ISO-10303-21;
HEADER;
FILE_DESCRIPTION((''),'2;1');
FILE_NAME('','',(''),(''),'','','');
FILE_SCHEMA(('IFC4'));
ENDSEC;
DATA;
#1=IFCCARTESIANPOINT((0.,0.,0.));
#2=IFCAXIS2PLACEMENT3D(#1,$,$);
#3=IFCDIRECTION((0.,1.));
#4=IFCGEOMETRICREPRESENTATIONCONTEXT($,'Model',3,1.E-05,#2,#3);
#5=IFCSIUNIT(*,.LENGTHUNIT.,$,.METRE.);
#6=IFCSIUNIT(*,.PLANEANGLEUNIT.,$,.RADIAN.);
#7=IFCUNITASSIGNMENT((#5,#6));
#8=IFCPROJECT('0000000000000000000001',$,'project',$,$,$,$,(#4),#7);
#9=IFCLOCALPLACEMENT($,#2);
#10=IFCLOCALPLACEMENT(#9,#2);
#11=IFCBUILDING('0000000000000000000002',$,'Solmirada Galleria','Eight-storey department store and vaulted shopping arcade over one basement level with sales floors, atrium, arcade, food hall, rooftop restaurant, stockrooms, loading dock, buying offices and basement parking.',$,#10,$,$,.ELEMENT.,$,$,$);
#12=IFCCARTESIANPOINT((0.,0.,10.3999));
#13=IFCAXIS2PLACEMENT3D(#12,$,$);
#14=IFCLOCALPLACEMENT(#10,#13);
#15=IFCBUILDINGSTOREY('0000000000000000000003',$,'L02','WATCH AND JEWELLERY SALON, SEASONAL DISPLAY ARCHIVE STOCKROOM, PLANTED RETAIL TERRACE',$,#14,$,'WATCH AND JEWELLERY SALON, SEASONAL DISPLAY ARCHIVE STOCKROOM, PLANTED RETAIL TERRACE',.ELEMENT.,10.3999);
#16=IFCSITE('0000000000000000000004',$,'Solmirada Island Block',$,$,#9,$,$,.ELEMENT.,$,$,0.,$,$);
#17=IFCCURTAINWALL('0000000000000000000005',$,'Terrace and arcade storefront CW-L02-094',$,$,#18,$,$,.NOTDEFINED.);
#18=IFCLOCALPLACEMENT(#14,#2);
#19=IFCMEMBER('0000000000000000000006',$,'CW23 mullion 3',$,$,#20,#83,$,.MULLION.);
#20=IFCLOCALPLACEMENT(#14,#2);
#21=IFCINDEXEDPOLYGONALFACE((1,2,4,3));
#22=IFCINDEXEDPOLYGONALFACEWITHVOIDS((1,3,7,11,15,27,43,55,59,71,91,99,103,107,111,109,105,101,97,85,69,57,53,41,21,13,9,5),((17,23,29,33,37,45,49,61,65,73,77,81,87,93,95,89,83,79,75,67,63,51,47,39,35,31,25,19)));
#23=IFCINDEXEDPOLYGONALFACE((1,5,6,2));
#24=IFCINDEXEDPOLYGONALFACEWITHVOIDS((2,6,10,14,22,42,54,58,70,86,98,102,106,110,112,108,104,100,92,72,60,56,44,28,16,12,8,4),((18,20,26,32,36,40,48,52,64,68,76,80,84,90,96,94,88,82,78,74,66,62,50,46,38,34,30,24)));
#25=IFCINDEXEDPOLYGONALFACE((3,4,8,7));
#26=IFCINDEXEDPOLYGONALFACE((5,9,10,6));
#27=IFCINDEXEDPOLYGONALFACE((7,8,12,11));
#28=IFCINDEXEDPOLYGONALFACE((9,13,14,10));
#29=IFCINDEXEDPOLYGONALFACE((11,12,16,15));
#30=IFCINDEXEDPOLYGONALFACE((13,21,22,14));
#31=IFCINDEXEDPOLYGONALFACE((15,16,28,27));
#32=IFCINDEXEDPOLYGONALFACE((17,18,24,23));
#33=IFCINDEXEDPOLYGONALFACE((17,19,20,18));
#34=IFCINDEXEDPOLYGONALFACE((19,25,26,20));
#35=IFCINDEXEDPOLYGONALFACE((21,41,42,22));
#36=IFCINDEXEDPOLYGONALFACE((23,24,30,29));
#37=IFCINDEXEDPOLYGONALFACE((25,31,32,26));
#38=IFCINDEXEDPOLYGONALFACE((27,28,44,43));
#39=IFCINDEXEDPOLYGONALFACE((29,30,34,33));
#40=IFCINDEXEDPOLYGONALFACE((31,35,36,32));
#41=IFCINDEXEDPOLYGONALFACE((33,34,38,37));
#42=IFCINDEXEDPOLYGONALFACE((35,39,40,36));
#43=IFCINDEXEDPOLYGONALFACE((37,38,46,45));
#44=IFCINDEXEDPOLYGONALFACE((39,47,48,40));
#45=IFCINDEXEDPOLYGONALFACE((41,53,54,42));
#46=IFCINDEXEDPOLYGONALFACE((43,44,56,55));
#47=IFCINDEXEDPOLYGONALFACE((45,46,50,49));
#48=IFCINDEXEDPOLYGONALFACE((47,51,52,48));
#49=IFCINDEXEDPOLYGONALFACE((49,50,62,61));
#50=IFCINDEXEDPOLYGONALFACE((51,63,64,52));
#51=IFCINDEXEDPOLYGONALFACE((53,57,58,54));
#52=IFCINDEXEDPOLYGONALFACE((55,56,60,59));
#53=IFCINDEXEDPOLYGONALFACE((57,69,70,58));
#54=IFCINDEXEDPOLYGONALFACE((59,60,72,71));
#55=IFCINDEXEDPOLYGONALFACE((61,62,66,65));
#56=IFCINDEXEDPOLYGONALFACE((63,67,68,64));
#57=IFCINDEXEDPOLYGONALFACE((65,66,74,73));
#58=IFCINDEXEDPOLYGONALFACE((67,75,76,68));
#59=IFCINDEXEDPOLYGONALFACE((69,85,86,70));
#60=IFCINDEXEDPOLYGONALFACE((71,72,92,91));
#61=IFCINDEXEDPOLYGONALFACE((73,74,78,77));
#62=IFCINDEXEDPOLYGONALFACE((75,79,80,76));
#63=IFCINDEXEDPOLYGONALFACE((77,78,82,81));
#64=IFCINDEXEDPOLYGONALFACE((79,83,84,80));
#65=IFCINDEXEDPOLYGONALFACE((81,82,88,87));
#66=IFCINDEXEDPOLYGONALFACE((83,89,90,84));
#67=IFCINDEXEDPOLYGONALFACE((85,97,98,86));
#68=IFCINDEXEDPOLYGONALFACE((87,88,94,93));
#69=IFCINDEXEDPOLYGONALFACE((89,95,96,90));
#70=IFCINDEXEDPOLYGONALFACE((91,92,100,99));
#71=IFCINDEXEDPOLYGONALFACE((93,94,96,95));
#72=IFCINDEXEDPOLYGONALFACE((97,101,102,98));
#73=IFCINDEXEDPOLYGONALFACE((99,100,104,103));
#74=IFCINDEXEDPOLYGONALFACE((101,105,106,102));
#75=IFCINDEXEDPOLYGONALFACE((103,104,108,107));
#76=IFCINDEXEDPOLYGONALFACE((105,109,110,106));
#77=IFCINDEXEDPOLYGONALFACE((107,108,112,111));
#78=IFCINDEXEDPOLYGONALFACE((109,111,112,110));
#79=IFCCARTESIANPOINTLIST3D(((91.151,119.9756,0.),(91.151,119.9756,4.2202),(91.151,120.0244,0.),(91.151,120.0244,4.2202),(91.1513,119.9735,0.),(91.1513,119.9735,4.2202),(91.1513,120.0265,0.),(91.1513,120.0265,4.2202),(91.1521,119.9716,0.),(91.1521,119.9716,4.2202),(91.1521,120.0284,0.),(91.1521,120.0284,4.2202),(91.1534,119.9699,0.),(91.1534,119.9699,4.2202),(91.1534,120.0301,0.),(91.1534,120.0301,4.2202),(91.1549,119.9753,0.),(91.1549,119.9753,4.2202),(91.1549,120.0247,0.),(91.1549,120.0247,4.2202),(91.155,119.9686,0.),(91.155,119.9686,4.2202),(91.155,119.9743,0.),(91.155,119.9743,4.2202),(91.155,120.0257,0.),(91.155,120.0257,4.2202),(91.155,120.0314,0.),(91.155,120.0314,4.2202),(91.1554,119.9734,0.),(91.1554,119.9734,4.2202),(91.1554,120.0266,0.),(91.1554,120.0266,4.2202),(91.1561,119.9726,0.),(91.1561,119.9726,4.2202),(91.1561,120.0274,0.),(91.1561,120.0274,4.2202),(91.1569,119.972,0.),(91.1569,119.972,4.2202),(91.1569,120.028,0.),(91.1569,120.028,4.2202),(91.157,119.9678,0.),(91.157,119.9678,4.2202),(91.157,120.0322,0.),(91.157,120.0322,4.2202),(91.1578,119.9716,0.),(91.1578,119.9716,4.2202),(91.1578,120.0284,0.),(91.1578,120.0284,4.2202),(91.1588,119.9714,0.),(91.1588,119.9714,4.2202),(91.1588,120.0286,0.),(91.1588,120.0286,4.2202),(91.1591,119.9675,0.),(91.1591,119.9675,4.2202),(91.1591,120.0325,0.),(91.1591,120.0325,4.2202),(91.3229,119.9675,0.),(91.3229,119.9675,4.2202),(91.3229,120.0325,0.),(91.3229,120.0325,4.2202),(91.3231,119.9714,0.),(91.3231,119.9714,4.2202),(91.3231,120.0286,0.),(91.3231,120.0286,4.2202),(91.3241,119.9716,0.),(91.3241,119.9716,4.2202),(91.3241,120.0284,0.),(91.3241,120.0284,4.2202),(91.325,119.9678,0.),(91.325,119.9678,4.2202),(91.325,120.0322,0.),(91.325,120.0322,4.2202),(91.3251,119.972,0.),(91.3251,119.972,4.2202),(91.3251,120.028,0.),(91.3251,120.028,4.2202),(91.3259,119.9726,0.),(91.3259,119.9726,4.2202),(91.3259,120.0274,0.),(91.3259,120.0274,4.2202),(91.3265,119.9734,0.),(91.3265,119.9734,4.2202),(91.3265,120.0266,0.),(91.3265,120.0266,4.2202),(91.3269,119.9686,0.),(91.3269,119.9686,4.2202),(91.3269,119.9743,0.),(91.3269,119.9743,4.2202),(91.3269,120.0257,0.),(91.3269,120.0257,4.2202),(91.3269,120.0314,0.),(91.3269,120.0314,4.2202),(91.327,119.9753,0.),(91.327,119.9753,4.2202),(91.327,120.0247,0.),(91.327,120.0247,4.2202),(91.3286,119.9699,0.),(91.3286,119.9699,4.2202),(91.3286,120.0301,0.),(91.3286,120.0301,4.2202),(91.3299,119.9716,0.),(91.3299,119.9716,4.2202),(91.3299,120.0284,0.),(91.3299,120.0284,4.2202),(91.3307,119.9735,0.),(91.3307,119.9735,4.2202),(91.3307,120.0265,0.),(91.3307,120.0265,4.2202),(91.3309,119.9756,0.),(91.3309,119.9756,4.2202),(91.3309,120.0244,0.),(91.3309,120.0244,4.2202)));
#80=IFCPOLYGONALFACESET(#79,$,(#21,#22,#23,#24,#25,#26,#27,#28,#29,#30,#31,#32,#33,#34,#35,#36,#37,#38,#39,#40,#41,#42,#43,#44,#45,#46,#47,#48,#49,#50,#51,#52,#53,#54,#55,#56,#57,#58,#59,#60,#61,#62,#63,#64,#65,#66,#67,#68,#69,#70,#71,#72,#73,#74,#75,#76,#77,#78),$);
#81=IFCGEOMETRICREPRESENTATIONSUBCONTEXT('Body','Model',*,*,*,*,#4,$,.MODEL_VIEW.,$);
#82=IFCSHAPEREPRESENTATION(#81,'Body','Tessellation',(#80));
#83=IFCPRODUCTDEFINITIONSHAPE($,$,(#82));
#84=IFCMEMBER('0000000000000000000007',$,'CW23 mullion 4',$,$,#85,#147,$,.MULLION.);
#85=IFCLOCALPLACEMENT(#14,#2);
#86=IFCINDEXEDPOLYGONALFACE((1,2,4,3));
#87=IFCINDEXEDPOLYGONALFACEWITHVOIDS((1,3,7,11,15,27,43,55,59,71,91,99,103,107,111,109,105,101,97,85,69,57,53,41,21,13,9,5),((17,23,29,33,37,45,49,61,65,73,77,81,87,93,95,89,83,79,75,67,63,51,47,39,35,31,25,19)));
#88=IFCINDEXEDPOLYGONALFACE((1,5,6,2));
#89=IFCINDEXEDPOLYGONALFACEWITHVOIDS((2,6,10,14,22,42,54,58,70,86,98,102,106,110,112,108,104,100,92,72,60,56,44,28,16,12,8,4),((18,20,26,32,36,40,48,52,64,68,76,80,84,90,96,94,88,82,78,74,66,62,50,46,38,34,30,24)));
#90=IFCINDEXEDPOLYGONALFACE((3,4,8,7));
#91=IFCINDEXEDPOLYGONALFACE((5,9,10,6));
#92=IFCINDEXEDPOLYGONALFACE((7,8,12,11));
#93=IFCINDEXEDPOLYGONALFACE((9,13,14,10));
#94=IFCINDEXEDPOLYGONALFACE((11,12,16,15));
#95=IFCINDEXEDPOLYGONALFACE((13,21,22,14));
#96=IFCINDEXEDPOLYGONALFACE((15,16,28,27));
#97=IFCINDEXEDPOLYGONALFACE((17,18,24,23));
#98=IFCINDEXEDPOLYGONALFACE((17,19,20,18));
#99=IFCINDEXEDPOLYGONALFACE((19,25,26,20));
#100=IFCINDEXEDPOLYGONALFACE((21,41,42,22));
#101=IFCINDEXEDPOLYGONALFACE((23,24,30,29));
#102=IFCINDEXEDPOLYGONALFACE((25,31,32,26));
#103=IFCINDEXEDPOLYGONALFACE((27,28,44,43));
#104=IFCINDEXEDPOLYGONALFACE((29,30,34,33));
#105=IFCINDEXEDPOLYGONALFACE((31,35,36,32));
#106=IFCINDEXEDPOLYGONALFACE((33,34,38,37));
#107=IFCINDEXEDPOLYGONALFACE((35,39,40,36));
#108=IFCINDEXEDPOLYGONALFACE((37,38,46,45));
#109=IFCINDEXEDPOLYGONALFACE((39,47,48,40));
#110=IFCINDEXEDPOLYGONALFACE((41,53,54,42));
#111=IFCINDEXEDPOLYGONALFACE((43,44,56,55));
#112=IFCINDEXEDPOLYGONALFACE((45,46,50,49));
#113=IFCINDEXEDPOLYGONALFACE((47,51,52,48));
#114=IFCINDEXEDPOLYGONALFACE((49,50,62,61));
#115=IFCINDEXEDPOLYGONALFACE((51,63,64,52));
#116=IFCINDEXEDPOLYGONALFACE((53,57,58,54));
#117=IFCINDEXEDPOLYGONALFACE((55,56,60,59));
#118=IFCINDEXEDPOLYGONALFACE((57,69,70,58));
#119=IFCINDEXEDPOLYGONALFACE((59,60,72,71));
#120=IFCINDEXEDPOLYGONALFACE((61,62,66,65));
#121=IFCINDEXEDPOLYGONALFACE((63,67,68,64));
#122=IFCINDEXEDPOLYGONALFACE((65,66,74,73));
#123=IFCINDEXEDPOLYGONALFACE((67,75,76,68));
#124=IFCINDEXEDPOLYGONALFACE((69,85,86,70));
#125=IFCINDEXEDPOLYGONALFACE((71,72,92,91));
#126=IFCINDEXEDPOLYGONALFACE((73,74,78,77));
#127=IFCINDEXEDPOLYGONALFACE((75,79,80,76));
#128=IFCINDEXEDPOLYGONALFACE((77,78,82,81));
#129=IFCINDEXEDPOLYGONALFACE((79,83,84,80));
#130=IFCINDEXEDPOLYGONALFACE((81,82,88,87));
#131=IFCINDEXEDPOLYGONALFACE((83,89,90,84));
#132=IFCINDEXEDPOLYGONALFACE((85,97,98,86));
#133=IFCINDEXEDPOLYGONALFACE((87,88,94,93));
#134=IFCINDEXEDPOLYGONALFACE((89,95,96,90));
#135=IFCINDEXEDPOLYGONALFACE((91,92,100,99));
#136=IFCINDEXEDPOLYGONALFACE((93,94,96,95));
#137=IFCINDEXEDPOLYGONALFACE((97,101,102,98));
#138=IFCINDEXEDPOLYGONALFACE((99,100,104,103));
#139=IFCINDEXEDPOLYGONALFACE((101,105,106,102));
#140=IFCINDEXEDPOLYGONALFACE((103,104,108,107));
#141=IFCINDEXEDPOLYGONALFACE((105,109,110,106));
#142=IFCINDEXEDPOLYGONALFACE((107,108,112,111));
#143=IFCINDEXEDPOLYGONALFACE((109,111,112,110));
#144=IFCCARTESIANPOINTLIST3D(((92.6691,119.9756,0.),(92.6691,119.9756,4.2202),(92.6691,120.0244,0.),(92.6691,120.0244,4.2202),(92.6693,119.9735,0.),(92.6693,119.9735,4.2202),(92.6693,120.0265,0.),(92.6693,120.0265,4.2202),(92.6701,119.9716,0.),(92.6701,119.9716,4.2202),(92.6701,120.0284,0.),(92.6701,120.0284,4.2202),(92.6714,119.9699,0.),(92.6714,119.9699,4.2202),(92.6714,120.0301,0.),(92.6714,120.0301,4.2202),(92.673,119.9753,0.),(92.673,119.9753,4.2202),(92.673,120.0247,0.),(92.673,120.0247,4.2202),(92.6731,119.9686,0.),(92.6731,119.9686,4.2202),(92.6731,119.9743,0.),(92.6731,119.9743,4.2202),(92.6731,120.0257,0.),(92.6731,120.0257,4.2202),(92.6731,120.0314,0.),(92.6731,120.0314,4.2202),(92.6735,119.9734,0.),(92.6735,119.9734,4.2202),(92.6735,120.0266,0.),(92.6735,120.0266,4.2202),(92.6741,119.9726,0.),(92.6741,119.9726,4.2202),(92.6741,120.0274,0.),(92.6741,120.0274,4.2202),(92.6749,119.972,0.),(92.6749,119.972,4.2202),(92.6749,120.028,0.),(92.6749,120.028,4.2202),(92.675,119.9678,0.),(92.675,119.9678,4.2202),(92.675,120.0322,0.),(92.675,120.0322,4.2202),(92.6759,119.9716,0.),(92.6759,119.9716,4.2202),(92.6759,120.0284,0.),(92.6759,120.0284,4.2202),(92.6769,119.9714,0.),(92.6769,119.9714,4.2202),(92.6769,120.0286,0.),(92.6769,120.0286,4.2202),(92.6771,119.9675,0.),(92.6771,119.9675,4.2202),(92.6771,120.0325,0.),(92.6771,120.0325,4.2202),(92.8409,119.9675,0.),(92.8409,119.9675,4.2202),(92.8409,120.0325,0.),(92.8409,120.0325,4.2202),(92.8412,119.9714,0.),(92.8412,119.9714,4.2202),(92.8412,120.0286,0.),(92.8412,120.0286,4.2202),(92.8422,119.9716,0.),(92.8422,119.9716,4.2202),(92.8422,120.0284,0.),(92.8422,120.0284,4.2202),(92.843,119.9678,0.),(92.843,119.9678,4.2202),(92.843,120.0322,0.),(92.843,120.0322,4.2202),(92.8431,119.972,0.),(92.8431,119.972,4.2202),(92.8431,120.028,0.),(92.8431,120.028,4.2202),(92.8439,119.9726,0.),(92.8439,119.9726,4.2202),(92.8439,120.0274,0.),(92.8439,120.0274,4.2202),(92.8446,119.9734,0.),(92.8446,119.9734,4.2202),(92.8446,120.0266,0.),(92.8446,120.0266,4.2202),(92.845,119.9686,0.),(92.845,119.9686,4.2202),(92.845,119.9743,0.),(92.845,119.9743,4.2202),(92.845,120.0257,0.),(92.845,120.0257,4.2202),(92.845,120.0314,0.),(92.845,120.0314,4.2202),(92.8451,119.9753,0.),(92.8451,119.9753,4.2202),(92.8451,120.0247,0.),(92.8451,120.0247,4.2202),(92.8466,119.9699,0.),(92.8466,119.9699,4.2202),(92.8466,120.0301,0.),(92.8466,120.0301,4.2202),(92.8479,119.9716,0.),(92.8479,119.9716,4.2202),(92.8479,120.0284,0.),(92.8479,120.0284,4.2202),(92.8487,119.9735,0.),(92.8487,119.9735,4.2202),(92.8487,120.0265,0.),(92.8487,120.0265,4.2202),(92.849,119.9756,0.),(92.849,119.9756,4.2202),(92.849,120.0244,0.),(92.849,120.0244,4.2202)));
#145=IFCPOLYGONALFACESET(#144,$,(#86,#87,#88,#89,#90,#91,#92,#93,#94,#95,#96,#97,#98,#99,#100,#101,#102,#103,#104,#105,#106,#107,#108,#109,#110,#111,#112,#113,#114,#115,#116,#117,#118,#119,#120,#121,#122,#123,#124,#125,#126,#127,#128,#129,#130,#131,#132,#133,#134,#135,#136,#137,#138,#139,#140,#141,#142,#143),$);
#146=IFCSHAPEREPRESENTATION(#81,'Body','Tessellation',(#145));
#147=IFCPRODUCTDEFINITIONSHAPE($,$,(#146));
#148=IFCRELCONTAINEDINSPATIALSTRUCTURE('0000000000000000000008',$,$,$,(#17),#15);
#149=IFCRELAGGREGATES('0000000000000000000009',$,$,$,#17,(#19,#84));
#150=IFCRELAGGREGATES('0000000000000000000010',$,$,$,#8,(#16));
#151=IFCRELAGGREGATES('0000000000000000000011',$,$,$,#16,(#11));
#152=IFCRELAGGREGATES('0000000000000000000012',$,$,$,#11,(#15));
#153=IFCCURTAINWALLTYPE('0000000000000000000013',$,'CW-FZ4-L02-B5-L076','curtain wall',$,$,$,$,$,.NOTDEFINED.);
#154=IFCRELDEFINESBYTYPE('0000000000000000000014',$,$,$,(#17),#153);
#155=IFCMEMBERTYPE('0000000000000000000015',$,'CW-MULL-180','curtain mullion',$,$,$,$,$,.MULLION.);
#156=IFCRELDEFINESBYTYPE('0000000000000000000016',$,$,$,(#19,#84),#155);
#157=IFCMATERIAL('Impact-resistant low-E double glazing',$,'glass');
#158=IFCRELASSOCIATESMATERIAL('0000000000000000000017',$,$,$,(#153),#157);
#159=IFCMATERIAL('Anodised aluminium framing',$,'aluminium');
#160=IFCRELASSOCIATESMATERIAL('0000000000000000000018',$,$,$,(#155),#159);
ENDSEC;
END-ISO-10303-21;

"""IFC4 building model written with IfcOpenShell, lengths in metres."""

from ifc_helpers import new_model, si_unit, direction, frame, origin, origin_2d, place, context, subcontext, project, spatial, hollow_rectangle, extrude, material, material_profile, profile_set, type_object, element, aggregate, save


model = new_model("IFC4")

# Units and contexts
model_context = context("Model", 3, precision=1e-05, world=origin(), true_north=direction((0.0, 1.0)))
body_context = subcontext(model_context, "Body", "Model", "MODEL_VIEW")
ifc_project = project(units=[si_unit("LENGTHUNIT", "METRE"), si_unit("PLANEANGLEUNIT", "RADIAN")], contexts=[model_context])

# Site, building, storey
site_placement = place(None, origin())
site = spatial("IfcSite", under=ifc_project, at=site_placement, Name="Solmirada Island Block", CompositionType="ELEMENT", RefElevation=0.0)
building_placement = place(site_placement, origin())
building = spatial("IfcBuilding", under=site, at=building_placement, Name="Solmirada Galleria", Description="Eight-storey department store and vaulted shopping arcade over one basement level with sales floors, atrium, arcade, food hall, rooftop restaurant, stockrooms, loading dock, buying offices and basement parking.", CompositionType="ELEMENT")
storey_placement = place(building_placement, frame((0.0, 0.0, 10.3999)))
storey = spatial("IfcBuildingStorey", under=building, at=storey_placement, Name="L02", Description="WATCH AND JEWELLERY SALON, SEASONAL DISPLAY ARCHIVE STOCKROOM, PLANTED RETAIL TERRACE", LongName="WATCH AND JEWELLERY SALON, SEASONAL DISPLAY ARCHIVE STOCKROOM, PLANTED RETAIL TERRACE", CompositionType="ELEMENT", Elevation=10.3999)

# Curtain wall, members
ifc_material_1 = material(Name="Impact-resistant low-E double glazing", Category="glass")
curtain_wall_type = type_object("IfcCurtainWallType", Name="CW-FZ4-L02-B5-L076", Description="curtain wall", PredefinedType="NOTDEFINED", material=ifc_material_1)
curtain_wall_placement = place(storey_placement, origin())
curtain_wall = element("IfcCurtainWall", 1, at=curtain_wall_placement, inside=storey, type_object=curtain_wall_type, Name="Terrace and arcade storefront CW-L02-094", PredefinedType="NOTDEFINED")
ifc_material_2 = material(Name="Anodised aluminium framing", Category="aluminium")
ifc_material_profile_1 = material_profile(ifc_material_2, hollow_rectangle(XDim=0.0649, YDim=0.1799, WallThickness=0.0039, InnerFilletRadius=0.0039, OuterFilletRadius=0.0081, at=origin_2d()), Name="ALU-MULL-180X65")
ifc_profile_set_1 = profile_set([ifc_material_profile_1], Name="Anodised aluminium framing")
member_type_1 = type_object("IfcMemberType", Name="CW-MULL-180", Description="curtain mullion", PredefinedType="MULLION", material=ifc_profile_set_1)
member_1_placement = place(storey_placement, frame((91.241, 120.0, 0.0), z_axis=(0.0, 0.0, 1.0), x_axis=(0.0, 1.0, 0.0)))
member_1 = element("IfcMember", 2, at=member_1_placement, type_object=member_type_1, Name="CW23 mullion 3", PredefinedType="MULLION", context=body_context, shape_type="SweptSolid", body=[
    extrude(hollow_rectangle(XDim=0.0649, YDim=0.1799, WallThickness=0.0039, InnerFilletRadius=0.0039, OuterFilletRadius=0.0081, at=origin_2d()), origin(), (0.0, 0.0, 1.0), 4.2202),
])
member_2_placement = place(storey_placement, frame((92.759, 120.0, 0.0), z_axis=(0.0, 0.0, 1.0), x_axis=(0.0, 1.0, 0.0)))
member_2 = element("IfcMember", 3, at=member_2_placement, type_object=member_type_1, Name="CW23 mullion 4", PredefinedType="MULLION", context=body_context, shape_type="SweptSolid", body=[
    extrude(hollow_rectangle(XDim=0.0649, YDim=0.1799, WallThickness=0.0039, InnerFilletRadius=0.0039, OuterFilletRadius=0.0081, at=origin_2d()), origin(), (0.0, 0.0, 1.0), 4.2202),
])
aggregate(curtain_wall, [member_1, member_2])

save(model, "model.ifc")
